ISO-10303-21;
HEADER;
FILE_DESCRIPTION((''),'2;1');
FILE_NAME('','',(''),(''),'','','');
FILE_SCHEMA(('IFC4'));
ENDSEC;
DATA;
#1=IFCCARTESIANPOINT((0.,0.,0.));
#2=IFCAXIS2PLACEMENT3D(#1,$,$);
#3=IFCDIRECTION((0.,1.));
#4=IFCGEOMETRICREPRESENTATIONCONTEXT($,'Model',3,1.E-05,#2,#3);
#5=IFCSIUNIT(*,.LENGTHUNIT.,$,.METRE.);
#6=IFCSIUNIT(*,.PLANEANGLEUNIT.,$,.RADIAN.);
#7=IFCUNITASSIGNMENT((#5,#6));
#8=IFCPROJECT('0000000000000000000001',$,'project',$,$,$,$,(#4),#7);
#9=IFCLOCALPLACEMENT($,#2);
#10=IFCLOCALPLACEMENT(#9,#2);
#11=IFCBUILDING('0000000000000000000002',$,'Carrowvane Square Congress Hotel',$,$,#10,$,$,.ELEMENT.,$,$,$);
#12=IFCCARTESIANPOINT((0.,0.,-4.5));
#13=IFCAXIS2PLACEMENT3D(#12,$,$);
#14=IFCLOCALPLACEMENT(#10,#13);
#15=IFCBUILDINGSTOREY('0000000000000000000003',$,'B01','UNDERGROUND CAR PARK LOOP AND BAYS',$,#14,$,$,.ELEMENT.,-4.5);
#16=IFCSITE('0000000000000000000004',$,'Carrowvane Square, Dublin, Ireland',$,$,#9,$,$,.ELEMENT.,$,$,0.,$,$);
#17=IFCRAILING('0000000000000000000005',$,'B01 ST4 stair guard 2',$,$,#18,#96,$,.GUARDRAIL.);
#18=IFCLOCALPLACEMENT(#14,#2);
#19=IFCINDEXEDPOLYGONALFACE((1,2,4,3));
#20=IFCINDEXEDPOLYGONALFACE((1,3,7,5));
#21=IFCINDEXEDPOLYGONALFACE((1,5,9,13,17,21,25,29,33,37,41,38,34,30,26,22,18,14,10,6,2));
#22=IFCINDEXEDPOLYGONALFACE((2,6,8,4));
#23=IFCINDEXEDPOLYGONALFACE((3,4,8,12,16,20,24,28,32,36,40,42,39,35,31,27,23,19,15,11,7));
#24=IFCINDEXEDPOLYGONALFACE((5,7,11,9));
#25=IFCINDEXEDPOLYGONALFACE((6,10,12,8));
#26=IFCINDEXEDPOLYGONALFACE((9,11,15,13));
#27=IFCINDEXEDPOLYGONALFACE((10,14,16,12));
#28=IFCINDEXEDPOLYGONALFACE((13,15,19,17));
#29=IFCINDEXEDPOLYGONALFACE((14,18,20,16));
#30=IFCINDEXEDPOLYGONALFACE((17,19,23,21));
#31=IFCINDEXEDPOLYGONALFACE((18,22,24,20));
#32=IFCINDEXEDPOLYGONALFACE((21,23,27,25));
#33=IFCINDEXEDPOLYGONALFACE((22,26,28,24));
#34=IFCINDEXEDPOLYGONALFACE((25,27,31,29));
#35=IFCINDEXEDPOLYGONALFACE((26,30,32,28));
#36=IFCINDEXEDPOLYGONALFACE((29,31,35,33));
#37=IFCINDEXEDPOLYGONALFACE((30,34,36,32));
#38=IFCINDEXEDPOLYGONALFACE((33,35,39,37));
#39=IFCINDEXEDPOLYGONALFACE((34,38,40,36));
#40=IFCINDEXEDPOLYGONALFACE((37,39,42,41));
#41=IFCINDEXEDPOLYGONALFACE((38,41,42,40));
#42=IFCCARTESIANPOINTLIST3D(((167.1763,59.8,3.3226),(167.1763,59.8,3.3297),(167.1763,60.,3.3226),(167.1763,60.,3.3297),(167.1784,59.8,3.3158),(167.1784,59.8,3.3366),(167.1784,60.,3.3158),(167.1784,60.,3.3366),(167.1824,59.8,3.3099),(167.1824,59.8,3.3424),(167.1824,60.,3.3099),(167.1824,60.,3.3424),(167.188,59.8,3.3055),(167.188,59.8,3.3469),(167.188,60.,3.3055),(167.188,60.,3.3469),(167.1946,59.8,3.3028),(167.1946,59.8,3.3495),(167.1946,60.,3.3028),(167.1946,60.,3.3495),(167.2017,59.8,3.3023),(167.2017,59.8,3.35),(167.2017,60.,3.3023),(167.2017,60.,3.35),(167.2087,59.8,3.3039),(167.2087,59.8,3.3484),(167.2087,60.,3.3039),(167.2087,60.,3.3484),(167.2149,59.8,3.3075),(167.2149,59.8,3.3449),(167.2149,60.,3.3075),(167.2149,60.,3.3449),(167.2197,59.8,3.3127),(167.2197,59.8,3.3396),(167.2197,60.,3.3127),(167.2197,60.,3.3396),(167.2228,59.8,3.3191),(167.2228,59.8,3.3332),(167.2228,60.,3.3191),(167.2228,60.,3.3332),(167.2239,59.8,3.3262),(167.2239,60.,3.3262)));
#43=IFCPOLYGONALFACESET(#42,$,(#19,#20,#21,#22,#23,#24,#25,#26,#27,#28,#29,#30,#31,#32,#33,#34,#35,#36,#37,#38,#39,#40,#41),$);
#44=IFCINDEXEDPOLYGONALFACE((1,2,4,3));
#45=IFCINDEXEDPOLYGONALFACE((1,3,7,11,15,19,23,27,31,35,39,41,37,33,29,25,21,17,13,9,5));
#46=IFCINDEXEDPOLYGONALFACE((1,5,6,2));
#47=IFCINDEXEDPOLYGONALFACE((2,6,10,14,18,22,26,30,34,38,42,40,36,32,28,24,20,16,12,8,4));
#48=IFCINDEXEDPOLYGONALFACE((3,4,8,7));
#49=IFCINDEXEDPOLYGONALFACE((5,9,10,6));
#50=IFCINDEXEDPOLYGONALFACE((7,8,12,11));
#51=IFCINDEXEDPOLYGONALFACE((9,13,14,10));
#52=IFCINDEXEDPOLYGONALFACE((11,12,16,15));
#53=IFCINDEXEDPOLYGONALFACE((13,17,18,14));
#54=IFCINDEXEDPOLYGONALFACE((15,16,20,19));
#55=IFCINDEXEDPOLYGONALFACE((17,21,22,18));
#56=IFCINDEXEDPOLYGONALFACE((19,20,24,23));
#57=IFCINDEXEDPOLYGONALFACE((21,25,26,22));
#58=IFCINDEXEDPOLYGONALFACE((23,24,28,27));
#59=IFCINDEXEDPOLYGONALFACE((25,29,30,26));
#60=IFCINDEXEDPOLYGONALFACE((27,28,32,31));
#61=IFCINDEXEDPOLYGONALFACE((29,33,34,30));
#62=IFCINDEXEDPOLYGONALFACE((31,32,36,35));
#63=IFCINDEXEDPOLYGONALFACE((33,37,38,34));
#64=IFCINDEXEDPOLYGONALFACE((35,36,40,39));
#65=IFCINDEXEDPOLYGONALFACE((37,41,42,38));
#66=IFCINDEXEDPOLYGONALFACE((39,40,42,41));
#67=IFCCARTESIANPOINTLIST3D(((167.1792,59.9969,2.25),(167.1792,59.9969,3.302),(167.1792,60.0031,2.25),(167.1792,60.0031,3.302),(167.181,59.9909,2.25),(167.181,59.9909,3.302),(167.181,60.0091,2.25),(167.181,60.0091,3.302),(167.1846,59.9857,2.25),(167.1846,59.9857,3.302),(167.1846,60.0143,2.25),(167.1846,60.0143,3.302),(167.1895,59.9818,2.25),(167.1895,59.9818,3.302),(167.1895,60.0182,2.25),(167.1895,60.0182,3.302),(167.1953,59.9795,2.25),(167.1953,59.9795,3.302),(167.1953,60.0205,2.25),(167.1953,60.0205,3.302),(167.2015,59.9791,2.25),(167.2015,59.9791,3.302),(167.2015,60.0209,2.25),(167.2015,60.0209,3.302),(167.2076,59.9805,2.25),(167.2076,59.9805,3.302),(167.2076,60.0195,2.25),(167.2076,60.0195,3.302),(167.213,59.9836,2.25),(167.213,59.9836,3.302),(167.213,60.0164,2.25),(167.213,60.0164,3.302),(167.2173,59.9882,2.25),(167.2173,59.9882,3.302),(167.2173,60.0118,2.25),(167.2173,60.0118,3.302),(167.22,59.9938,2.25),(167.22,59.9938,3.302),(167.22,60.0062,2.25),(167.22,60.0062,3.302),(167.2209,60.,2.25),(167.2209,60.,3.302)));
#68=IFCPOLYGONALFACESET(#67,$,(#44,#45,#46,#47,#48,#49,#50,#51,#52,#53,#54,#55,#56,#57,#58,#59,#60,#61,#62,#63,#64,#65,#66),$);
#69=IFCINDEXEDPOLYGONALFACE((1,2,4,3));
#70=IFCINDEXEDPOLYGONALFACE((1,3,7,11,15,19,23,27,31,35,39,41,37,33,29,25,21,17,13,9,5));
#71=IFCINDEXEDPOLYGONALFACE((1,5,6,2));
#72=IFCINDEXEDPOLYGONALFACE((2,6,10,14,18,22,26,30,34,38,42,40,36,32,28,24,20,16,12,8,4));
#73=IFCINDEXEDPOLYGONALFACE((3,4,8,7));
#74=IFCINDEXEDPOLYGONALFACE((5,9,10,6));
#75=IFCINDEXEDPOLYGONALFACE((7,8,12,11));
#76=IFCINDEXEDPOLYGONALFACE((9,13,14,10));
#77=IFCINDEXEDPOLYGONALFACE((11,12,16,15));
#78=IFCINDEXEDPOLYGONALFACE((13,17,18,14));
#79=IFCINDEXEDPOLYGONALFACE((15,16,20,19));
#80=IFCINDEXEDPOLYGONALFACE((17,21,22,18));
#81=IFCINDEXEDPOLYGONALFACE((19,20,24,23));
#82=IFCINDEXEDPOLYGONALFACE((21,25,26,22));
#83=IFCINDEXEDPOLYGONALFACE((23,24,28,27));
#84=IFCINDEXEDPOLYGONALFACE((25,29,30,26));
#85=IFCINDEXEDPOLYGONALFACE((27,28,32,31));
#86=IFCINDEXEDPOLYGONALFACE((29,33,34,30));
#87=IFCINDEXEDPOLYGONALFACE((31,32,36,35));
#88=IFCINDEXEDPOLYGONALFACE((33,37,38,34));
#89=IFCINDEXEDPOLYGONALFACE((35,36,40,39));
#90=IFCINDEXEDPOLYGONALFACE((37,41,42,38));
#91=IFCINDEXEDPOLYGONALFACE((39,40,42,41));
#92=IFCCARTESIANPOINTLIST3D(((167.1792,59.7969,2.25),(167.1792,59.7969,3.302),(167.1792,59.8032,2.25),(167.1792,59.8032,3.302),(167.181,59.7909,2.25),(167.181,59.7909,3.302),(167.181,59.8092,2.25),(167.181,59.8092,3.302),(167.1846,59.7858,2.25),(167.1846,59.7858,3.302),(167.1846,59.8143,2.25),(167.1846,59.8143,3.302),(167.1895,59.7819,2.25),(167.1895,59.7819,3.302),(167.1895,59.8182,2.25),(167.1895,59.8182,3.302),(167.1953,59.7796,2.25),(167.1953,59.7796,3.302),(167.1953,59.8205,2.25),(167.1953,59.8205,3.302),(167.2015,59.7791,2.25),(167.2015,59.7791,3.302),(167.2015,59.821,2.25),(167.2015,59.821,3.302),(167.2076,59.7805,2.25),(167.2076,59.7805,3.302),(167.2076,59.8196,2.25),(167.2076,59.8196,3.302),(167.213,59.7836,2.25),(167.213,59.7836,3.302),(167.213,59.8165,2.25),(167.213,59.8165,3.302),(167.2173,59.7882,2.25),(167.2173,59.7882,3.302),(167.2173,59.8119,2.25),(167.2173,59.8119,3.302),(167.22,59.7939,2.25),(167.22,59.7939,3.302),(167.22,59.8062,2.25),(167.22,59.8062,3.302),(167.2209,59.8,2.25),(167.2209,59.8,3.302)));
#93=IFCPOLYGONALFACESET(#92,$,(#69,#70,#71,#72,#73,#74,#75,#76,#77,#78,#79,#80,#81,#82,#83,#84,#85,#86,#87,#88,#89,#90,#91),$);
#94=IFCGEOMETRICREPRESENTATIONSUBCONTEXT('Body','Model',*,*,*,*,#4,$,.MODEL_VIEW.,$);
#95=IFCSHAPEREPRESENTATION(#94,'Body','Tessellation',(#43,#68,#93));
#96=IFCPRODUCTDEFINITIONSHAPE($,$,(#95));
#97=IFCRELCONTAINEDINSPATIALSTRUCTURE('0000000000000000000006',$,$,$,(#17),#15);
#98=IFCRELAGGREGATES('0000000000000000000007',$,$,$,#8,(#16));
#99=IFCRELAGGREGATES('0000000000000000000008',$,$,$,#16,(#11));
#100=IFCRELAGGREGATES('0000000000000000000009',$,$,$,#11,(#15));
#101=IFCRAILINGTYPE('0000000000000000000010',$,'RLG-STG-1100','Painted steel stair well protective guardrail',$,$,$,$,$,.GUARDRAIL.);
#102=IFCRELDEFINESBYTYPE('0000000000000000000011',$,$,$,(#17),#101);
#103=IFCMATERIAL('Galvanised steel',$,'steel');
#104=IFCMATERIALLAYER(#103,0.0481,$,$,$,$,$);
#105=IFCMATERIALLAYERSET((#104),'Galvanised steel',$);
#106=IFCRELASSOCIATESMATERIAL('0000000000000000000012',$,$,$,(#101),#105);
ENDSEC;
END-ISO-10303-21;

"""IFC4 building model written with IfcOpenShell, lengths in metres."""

from ifc_helpers import new_model, si_unit, direction, frame, origin, origin_2d, place, context, subcontext, project, spatial, circle, extrude, material, layer, layer_set, type_object, element, save


model = new_model("IFC4")

# Units and contexts
model_context = context("Model", 3, precision=1e-05, world=origin(), true_north=direction((0.0, 1.0)))
body_context = subcontext(model_context, "Body", "Model", "MODEL_VIEW")
ifc_project = project(units=[si_unit("LENGTHUNIT", "METRE"), si_unit("PLANEANGLEUNIT", "RADIAN")], contexts=[model_context])

# Site, building, storey
site_placement = place(None, origin())
site = spatial("IfcSite", under=ifc_project, at=site_placement, Name="Carrowvane Square, Dublin, Ireland", CompositionType="ELEMENT", RefElevation=0.0)
building_placement = place(site_placement, origin())
building = spatial("IfcBuilding", under=site, at=building_placement, Name="Carrowvane Square Congress Hotel", CompositionType="ELEMENT")
storey_placement = place(building_placement, frame((0.0, 0.0, -4.5)))
storey = spatial("IfcBuildingStorey", under=building, at=storey_placement, Name="B01", Description="UNDERGROUND CAR PARK LOOP AND BAYS", CompositionType="ELEMENT", Elevation=-4.5)

# Railing
ifc_material_1 = material(Name="Galvanised steel", Category="steel")
ifc_layer_1 = layer(ifc_material_1, 0.0481)
ifc_layer_set_1 = layer_set([ifc_layer_1], Name="Galvanised steel")
railing_type_1 = type_object("IfcRailingType", Name="RLG-STG-1100", Description="Painted steel stair well protective guardrail", PredefinedType="GUARDRAIL", material=ifc_layer_set_1)
railing_1_placement = place(storey_placement, frame((167.2, 60.0, 2.25)))
element("IfcRailing", 1, at=railing_1_placement, inside=storey, type_object=railing_type_1, Name="B01 ST4 stair guard 2", PredefinedType="GUARDRAIL", context=body_context, shape_type="SweptSolid", body=[
    extrude(circle(Radius=0.0239, at=origin_2d()), frame((0.0, 0.0, 1.0762), z_axis=(0.0, -1.0, 0.0), x_axis=(1.0, 0.0, 0.0)), (0.0, 0.0, 1.0), 0.2),
    extrude(circle(Radius=0.021, at=origin_2d()), origin(), (0.0, 0.0, 1.0), 1.052),
    extrude(circle(Radius=0.021, at=origin_2d()), frame((0.0, -0.2, 0.0)), (0.0, 0.0, 1.0), 1.052),
])

save(model, "model.ifc")
